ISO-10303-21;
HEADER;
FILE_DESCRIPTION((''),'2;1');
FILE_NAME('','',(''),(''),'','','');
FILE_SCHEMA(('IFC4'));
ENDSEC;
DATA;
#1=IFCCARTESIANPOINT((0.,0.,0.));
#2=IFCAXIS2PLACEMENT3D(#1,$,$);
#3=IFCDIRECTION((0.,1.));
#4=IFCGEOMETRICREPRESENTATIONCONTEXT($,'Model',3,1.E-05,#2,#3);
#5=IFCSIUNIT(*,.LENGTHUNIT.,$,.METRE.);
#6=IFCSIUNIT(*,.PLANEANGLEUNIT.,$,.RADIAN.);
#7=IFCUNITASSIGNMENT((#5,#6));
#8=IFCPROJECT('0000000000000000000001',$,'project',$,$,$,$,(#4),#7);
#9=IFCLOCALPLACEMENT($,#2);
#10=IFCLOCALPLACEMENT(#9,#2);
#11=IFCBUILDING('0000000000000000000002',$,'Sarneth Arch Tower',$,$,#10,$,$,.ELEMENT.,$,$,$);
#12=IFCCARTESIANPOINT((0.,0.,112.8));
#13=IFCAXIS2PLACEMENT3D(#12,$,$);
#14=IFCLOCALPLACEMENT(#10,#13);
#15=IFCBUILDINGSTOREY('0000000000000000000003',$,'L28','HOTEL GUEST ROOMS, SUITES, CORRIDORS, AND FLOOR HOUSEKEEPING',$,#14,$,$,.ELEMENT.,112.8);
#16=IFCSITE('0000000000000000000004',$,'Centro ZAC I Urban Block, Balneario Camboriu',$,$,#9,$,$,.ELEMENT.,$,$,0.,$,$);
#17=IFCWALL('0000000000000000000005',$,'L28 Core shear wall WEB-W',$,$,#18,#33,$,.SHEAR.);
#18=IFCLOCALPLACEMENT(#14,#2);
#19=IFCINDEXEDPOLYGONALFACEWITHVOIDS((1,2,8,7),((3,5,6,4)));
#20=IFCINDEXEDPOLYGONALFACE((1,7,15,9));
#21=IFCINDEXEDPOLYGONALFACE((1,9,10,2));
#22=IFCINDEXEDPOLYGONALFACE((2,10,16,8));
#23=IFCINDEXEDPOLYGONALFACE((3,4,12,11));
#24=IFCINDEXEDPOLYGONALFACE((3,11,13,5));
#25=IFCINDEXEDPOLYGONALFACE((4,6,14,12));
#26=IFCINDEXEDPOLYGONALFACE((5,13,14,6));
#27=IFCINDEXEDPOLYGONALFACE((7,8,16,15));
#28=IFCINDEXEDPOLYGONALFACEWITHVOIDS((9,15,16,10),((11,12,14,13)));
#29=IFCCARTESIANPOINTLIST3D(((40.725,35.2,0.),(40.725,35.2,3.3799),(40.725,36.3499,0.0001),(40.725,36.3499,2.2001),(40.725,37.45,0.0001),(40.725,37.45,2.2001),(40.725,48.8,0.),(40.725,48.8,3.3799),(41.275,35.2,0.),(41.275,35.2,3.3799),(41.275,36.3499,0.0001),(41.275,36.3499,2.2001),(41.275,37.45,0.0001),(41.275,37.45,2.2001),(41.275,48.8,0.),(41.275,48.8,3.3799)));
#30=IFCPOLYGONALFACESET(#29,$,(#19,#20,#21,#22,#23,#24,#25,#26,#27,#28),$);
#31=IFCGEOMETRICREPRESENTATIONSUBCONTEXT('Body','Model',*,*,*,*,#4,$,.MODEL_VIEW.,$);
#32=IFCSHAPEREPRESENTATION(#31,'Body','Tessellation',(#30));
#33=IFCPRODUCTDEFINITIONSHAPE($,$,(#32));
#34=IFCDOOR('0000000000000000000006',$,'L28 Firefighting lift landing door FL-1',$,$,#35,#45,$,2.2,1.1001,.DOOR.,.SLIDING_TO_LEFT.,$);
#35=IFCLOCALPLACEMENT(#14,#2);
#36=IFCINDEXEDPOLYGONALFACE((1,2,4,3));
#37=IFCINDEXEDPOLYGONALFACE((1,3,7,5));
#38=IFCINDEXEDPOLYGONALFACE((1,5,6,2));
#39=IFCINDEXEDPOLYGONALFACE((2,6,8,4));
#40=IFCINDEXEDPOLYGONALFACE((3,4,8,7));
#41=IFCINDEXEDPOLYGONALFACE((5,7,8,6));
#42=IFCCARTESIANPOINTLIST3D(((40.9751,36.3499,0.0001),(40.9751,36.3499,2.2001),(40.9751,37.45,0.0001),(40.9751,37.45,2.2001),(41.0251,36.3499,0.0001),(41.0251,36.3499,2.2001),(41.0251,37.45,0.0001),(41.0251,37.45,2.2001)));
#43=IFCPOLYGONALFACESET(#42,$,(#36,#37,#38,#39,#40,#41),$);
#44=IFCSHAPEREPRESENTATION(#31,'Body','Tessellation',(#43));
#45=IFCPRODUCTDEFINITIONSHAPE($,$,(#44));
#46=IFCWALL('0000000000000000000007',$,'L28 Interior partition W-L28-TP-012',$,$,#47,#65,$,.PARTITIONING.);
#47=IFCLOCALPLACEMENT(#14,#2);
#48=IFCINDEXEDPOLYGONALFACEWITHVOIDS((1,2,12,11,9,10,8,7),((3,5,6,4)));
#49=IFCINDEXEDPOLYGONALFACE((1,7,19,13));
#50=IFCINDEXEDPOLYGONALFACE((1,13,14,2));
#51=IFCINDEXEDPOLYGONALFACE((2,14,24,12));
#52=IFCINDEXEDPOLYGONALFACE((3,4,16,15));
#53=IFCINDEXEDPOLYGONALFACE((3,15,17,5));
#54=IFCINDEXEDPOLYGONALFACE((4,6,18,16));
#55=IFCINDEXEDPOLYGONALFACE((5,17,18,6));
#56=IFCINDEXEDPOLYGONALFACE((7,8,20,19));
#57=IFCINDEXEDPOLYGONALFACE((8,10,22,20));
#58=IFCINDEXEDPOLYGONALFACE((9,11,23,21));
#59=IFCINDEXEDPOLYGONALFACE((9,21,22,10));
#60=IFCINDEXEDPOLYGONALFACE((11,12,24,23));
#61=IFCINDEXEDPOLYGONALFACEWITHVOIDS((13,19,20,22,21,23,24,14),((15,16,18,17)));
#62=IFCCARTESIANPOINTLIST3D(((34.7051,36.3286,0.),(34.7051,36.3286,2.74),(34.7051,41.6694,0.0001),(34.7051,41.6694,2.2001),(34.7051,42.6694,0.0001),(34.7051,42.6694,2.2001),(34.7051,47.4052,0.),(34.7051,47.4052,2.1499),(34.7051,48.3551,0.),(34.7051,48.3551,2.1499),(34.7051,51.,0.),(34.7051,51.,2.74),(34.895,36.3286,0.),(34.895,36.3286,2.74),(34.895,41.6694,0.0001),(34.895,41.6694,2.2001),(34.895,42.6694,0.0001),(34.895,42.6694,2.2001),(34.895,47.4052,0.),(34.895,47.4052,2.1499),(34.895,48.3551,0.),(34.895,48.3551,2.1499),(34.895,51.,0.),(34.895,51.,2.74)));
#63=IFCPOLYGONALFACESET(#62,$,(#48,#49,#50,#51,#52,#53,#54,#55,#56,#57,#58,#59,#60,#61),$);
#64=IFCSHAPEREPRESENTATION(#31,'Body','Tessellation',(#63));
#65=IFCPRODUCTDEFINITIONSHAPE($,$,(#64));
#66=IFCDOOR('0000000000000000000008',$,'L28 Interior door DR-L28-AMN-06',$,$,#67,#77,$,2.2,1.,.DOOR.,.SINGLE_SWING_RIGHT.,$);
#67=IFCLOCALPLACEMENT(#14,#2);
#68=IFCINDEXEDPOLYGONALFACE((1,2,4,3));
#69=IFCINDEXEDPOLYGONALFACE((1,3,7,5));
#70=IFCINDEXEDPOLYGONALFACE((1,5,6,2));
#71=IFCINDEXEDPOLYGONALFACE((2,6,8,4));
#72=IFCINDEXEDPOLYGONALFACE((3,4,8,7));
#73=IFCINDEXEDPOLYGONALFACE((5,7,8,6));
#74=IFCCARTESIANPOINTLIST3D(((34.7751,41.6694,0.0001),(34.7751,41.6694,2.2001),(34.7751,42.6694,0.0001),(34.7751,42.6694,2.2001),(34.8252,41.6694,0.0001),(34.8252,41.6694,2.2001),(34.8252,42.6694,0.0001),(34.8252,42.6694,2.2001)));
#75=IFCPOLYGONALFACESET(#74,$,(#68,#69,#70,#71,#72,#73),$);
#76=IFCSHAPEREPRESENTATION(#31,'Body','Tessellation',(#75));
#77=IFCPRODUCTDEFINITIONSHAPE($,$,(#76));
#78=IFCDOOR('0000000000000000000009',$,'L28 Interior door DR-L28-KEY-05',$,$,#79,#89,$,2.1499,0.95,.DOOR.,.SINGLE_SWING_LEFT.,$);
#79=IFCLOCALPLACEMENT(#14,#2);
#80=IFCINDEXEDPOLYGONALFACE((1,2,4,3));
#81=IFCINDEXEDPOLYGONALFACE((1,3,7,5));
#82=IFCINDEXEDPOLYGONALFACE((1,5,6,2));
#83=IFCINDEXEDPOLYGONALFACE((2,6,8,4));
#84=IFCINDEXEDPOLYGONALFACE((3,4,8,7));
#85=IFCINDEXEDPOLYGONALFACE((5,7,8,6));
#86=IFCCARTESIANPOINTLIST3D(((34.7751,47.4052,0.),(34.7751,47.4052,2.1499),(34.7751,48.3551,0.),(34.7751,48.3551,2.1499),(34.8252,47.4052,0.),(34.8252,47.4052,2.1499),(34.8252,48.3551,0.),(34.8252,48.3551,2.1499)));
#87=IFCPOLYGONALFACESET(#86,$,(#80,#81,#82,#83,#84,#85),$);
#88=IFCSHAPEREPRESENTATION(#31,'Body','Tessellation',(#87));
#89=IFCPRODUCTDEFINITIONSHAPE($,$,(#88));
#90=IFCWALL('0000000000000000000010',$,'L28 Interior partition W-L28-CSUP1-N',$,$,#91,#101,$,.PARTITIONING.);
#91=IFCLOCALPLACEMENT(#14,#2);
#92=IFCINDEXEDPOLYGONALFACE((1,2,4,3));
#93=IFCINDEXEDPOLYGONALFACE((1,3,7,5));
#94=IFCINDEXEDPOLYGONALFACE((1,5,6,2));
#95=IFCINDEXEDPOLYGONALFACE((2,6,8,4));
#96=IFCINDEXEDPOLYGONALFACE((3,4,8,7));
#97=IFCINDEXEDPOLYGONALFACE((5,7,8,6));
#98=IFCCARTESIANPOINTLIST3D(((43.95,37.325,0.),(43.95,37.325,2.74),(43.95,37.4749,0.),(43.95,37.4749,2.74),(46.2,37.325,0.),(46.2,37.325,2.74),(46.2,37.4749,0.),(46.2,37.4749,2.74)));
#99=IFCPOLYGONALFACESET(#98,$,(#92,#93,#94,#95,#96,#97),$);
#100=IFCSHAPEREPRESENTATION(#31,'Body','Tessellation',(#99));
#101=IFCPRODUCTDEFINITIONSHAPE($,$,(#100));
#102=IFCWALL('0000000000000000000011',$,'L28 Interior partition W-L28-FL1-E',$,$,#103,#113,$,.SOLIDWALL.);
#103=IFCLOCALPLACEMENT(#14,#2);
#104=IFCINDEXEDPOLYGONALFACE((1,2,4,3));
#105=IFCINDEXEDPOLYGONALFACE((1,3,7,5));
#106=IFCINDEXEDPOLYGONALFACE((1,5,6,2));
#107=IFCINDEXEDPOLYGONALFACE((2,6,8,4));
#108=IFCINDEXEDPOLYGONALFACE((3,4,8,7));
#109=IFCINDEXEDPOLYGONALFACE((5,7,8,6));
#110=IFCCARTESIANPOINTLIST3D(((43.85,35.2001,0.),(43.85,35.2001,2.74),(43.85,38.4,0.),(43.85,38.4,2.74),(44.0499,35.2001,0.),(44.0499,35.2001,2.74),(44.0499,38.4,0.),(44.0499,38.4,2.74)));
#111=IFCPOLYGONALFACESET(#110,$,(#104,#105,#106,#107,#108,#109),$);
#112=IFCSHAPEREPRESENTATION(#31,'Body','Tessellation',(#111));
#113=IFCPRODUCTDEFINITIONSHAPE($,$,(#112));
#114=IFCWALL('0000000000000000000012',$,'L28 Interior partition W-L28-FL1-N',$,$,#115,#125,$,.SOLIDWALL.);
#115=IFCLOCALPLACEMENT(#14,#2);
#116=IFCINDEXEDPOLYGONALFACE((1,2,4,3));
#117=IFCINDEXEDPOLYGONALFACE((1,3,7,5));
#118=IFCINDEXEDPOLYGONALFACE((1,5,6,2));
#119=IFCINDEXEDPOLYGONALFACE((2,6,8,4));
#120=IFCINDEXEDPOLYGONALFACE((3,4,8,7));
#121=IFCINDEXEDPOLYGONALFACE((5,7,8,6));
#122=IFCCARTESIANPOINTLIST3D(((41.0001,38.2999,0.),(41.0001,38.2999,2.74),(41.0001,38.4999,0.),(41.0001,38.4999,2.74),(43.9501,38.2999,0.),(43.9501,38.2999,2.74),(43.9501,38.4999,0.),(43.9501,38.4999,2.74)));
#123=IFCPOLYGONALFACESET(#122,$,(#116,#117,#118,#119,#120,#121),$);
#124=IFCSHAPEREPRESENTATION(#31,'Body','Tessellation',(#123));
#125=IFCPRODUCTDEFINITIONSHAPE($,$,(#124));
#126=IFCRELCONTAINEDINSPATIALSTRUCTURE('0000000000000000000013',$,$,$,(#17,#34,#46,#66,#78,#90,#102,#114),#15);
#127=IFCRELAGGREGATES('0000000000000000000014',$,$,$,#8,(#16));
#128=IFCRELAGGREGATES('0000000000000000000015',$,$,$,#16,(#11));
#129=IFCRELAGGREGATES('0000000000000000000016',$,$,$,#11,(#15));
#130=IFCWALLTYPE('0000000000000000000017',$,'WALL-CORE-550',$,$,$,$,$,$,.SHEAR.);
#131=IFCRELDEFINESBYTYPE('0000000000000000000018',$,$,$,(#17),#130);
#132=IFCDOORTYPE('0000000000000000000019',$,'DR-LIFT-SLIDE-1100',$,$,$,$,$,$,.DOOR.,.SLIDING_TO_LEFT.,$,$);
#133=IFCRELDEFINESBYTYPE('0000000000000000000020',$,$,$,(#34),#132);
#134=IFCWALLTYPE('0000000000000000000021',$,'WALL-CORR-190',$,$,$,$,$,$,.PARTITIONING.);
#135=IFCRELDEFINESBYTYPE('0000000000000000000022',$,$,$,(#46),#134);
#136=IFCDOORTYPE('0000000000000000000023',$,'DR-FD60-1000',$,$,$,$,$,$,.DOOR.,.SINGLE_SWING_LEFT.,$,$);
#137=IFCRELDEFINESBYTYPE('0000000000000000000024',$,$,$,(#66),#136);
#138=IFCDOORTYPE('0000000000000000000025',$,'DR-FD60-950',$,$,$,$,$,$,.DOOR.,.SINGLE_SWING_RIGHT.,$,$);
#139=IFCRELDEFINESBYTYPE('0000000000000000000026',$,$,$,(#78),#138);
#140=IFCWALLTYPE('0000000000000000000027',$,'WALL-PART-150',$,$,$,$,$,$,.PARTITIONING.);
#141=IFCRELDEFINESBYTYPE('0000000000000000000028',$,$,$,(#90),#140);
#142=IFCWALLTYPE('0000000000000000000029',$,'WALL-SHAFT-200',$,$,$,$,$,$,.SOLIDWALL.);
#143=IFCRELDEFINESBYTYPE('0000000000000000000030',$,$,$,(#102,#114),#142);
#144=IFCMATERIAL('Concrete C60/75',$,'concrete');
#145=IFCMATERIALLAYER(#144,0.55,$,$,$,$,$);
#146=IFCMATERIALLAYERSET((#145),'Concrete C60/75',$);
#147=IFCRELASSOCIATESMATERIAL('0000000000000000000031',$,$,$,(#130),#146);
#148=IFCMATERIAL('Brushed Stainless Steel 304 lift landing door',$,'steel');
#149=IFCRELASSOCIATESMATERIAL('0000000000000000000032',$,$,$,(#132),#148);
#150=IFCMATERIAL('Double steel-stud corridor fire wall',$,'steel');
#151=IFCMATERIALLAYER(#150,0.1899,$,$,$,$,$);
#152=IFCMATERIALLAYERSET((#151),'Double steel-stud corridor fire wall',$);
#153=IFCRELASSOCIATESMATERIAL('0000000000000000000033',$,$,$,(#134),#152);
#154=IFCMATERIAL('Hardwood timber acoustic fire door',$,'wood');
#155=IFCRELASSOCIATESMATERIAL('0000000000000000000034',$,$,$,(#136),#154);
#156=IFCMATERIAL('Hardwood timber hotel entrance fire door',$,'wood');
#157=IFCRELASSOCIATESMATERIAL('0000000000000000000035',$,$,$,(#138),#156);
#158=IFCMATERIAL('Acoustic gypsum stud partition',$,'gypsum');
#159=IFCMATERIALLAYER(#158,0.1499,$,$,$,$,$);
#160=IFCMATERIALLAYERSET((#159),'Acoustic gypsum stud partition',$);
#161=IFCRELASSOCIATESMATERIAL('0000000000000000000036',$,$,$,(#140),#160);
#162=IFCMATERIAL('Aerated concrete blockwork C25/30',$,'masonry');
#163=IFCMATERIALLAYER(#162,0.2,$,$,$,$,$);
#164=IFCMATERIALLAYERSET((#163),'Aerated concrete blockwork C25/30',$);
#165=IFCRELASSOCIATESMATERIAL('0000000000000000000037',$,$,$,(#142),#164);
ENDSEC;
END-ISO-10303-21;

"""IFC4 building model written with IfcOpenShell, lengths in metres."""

from ifc_helpers import new_model, si_unit, direction, frame, frame_2d, origin, place, context, subcontext, project, spatial, rectangle, extrude, material, layer, layer_set, type_object, element, fill, save


model = new_model("IFC4")

# Units and contexts
model_context = context("Model", 3, precision=1e-05, world=origin(), true_north=direction((0.0, 1.0)))
body_context = subcontext(model_context, "Body", "Model", "MODEL_VIEW")
ifc_project = project(units=[si_unit("LENGTHUNIT", "METRE"), si_unit("PLANEANGLEUNIT", "RADIAN")], contexts=[model_context])

# Site, building, storey
site_placement = place(None, origin())
site = spatial("IfcSite", under=ifc_project, at=site_placement, Name="Centro ZAC I Urban Block, Balneario Camboriu", CompositionType="ELEMENT", RefElevation=0.0)
building_placement = place(site_placement, origin())
building = spatial("IfcBuilding", under=site, at=building_placement, Name="Sarneth Arch Tower", CompositionType="ELEMENT")
storey_placement = place(building_placement, frame((0.0, 0.0, 112.8)))
storey = spatial("IfcBuildingStorey", under=building, at=storey_placement, Name="L28", Description="HOTEL GUEST ROOMS, SUITES, CORRIDORS, AND FLOOR HOUSEKEEPING", CompositionType="ELEMENT", Elevation=112.8)

# Shared definitions
ifc_material_1 = material(Name="Concrete C60/75", Category="concrete")
ifc_layer_1 = layer(ifc_material_1, 0.55)
ifc_layer_set_1 = layer_set([ifc_layer_1], Name="Concrete C60/75")
wall_type_1 = type_object("IfcWallType", Name="WALL-CORE-550", PredefinedType="SHEAR", material=ifc_layer_set_1)

# Wall, opening, door
wall_1_placement = place(storey_placement, frame((41.0, 35.2, 0.0), z_axis=(0.0, 0.0, 1.0), x_axis=(0.0, 1.0, 0.0)))
wall_1 = element("IfcWall", 1, at=wall_1_placement, inside=storey, type_object=wall_type_1, Name="L28 Core shear wall WEB-W", PredefinedType="SHEAR", context=body_context, shape_type="SweptSolid", body=[
    extrude(rectangle(XDim=13.6001, YDim=0.55, at=frame_2d((6.8, 0.0))), origin(), (0.0, 0.0, 1.0), 3.3799),
])
opening_1_placement = place(wall_1_placement, frame((1.1499, 0.0, 0.0)))
opening_1 = element("IfcOpeningElement", 2, at=opening_1_placement, cuts=wall_1, PredefinedType="OPENING", context=body_context, shape_type="SweptSolid", body=[
    extrude(rectangle(XDim=1.1001, YDim=2.2, at=frame_2d((0.55, 1.1001))), frame((0.0, 0.2849, 0.0), z_axis=(0.0, -1.0, 0.0), x_axis=(1.0, 0.0, 0.0)), (0.0, 0.0, 1.0), 0.5701),
])
ifc_material_2 = material(Name="Brushed Stainless Steel 304 lift landing door", Category="steel")
door_type_1 = type_object("IfcDoorType", Name="DR-LIFT-SLIDE-1100", OperationType="SLIDING_TO_LEFT", PredefinedType="DOOR", material=ifc_material_2)
door_1_placement = place(opening_1_placement, origin())
door_1 = element("IfcDoor", 3, at=door_1_placement, inside=storey, type_object=door_type_1, Name="L28 Firefighting lift landing door FL-1", OperationType="SLIDING_TO_LEFT", OverallHeight=2.2, OverallWidth=1.1001, PredefinedType="DOOR", context=body_context, shape_type="SweptSolid", body=[
    extrude(rectangle(XDim=1.1001, YDim=2.2, at=frame_2d((0.55, 1.1001))), frame((0.0, 0.0249, 0.0), z_axis=(0.0, -1.0, 0.0), x_axis=(1.0, 0.0, 0.0)), (0.0, 0.0, 1.0), 0.05),
])
fill(opening_1, door_1)

# Wall, openings, doors
ifc_material_3 = material(Name="Double steel-stud corridor fire wall", Category="steel")
ifc_layer_2 = layer(ifc_material_3, 0.1899)
ifc_layer_set_2 = layer_set([ifc_layer_2], Name="Double steel-stud corridor fire wall")
wall_type_2 = type_object("IfcWallType", Name="WALL-CORR-190", PredefinedType="PARTITIONING", material=ifc_layer_set_2)
wall_2_placement = place(storey_placement, frame((34.8, 36.3286, 0.0), z_axis=(0.0, 0.0, 1.0), x_axis=(0.0, 1.0, 0.0)))
wall_2 = element("IfcWall", 4, at=wall_2_placement, inside=storey, type_object=wall_type_2, Name="L28 Interior partition W-L28-TP-012", PredefinedType="PARTITIONING", context=body_context, shape_type="SweptSolid", body=[
    extrude(rectangle(XDim=14.6714, YDim=0.1899, at=frame_2d((7.3357, 0.0))), origin(), (0.0, 0.0, 1.0), 2.74),
])
opening_2_placement = place(wall_2_placement, frame((5.3408, 0.0, 0.0)))
opening_2 = element("IfcOpeningElement", 5, at=opening_2_placement, cuts=wall_2, PredefinedType="OPENING", context=body_context, shape_type="SweptSolid", body=[
    extrude(rectangle(XDim=1.0, YDim=2.2, at=frame_2d((0.5, 1.1001))), frame((0.0, 0.105, 0.0), z_axis=(0.0, -1.0, 0.0), x_axis=(1.0, 0.0, 0.0)), (0.0, 0.0, 1.0), 0.21),
])
opening_3_placement = place(wall_2_placement, frame((11.0764, 0.0, 0.0)))
opening_3 = element("IfcOpeningElement", 6, at=opening_3_placement, cuts=wall_2, PredefinedType="OPENING", context=body_context, shape_type="SweptSolid", body=[
    extrude(rectangle(XDim=0.95, YDim=2.1499, at=frame_2d((0.4751, 1.075))), frame((0.0, 0.105, 0.0), z_axis=(0.0, -1.0, 0.0), x_axis=(1.0, 0.0, 0.0)), (0.0, 0.0, 1.0), 0.21),
])
ifc_material_4 = material(Name="Hardwood timber acoustic fire door", Category="wood")
door_type_2 = type_object("IfcDoorType", Name="DR-FD60-1000", OperationType="SINGLE_SWING_LEFT", PredefinedType="DOOR", material=ifc_material_4)
door_2_placement = place(opening_2_placement, origin())
door_2 = element("IfcDoor", 7, at=door_2_placement, inside=storey, type_object=door_type_2, Name="L28 Interior door DR-L28-AMN-06", OperationType="SINGLE_SWING_RIGHT", OverallHeight=2.2, OverallWidth=1.0, PredefinedType="DOOR", context=body_context, shape_type="SweptSolid", body=[
    extrude(rectangle(XDim=1.0, YDim=2.2, at=frame_2d((0.5, 1.1001))), frame((0.0, 0.0249, 0.0), z_axis=(0.0, -1.0, 0.0), x_axis=(1.0, 0.0, 0.0)), (0.0, 0.0, 1.0), 0.05),
])
fill(opening_2, door_2)
ifc_material_5 = material(Name="Hardwood timber hotel entrance fire door", Category="wood")
door_type_3 = type_object("IfcDoorType", Name="DR-FD60-950", OperationType="SINGLE_SWING_RIGHT", PredefinedType="DOOR", material=ifc_material_5)
door_3_placement = place(opening_3_placement, origin())
door_3 = element("IfcDoor", 8, at=door_3_placement, inside=storey, type_object=door_type_3, Name="L28 Interior door DR-L28-KEY-05", OperationType="SINGLE_SWING_LEFT", OverallHeight=2.1499, OverallWidth=0.95, PredefinedType="DOOR", context=body_context, shape_type="SweptSolid", body=[
    extrude(rectangle(XDim=0.95, YDim=2.1499, at=frame_2d((0.4751, 1.075))), frame((0.0, 0.0249, 0.0), z_axis=(0.0, -1.0, 0.0), x_axis=(1.0, 0.0, 0.0)), (0.0, 0.0, 1.0), 0.05),
])
fill(opening_3, door_3)

# Wall
ifc_material_6 = material(Name="Acoustic gypsum stud partition", Category="gypsum")
ifc_layer_3 = layer(ifc_material_6, 0.1499)
ifc_layer_set_3 = layer_set([ifc_layer_3], Name="Acoustic gypsum stud partition")
wall_type_3 = type_object("IfcWallType", Name="WALL-PART-150", PredefinedType="PARTITIONING", material=ifc_layer_set_3)
wall_3_placement = place(storey_placement, frame((43.95, 37.3999, 0.0), z_axis=(0.0, 0.0, 1.0), x_axis=(1.0, 0.0, 0.0)))
element("IfcWall", 9, at=wall_3_placement, inside=storey, type_object=wall_type_3, Name="L28 Interior partition W-L28-CSUP1-N", PredefinedType="PARTITIONING", context=body_context, shape_type="SweptSolid", body=[
    extrude(rectangle(XDim=2.25, YDim=0.1499, at=frame_2d((1.125, 0.0))), origin(), (0.0, 0.0, 1.0), 2.74),
])

# Shared definitions
ifc_material_7 = material(Name="Aerated concrete blockwork C25/30", Category="masonry")
ifc_layer_4 = layer(ifc_material_7, 0.2)
ifc_layer_set_4 = layer_set([ifc_layer_4], Name="Aerated concrete blockwork C25/30")
wall_type_4 = type_object("IfcWallType", Name="WALL-SHAFT-200", PredefinedType="SOLIDWALL", material=ifc_layer_set_4)

# Walls
wall_4_placement = place(storey_placement, frame((43.95, 35.2, 0.0), z_axis=(0.0, 0.0, 1.0), x_axis=(0.0, 1.0, 0.0)))
element("IfcWall", 10, at=wall_4_placement, inside=storey, type_object=wall_type_4, Name="L28 Interior partition W-L28-FL1-E", PredefinedType="SOLIDWALL", context=body_context, shape_type="SweptSolid", body=[
    extrude(rectangle(XDim=3.2, YDim=0.2, at=frame_2d((1.6001, 0.0))), origin(), (0.0, 0.0, 1.0), 2.74),
])
wall_5_placement = place(storey_placement, frame((41.0, 38.3999, 0.0), z_axis=(0.0, 0.0, 1.0), x_axis=(1.0, 0.0, 0.0)))
element("IfcWall", 11, at=wall_5_placement, inside=storey, type_object=wall_type_4, Name="L28 Interior partition W-L28-FL1-N", PredefinedType="SOLIDWALL", context=body_context, shape_type="SweptSolid", body=[
    extrude(rectangle(XDim=2.95, YDim=0.2, at=frame_2d((1.4751, 0.0))), origin(), (0.0, 0.0, 1.0), 2.74),
])

save(model, "model.ifc")
